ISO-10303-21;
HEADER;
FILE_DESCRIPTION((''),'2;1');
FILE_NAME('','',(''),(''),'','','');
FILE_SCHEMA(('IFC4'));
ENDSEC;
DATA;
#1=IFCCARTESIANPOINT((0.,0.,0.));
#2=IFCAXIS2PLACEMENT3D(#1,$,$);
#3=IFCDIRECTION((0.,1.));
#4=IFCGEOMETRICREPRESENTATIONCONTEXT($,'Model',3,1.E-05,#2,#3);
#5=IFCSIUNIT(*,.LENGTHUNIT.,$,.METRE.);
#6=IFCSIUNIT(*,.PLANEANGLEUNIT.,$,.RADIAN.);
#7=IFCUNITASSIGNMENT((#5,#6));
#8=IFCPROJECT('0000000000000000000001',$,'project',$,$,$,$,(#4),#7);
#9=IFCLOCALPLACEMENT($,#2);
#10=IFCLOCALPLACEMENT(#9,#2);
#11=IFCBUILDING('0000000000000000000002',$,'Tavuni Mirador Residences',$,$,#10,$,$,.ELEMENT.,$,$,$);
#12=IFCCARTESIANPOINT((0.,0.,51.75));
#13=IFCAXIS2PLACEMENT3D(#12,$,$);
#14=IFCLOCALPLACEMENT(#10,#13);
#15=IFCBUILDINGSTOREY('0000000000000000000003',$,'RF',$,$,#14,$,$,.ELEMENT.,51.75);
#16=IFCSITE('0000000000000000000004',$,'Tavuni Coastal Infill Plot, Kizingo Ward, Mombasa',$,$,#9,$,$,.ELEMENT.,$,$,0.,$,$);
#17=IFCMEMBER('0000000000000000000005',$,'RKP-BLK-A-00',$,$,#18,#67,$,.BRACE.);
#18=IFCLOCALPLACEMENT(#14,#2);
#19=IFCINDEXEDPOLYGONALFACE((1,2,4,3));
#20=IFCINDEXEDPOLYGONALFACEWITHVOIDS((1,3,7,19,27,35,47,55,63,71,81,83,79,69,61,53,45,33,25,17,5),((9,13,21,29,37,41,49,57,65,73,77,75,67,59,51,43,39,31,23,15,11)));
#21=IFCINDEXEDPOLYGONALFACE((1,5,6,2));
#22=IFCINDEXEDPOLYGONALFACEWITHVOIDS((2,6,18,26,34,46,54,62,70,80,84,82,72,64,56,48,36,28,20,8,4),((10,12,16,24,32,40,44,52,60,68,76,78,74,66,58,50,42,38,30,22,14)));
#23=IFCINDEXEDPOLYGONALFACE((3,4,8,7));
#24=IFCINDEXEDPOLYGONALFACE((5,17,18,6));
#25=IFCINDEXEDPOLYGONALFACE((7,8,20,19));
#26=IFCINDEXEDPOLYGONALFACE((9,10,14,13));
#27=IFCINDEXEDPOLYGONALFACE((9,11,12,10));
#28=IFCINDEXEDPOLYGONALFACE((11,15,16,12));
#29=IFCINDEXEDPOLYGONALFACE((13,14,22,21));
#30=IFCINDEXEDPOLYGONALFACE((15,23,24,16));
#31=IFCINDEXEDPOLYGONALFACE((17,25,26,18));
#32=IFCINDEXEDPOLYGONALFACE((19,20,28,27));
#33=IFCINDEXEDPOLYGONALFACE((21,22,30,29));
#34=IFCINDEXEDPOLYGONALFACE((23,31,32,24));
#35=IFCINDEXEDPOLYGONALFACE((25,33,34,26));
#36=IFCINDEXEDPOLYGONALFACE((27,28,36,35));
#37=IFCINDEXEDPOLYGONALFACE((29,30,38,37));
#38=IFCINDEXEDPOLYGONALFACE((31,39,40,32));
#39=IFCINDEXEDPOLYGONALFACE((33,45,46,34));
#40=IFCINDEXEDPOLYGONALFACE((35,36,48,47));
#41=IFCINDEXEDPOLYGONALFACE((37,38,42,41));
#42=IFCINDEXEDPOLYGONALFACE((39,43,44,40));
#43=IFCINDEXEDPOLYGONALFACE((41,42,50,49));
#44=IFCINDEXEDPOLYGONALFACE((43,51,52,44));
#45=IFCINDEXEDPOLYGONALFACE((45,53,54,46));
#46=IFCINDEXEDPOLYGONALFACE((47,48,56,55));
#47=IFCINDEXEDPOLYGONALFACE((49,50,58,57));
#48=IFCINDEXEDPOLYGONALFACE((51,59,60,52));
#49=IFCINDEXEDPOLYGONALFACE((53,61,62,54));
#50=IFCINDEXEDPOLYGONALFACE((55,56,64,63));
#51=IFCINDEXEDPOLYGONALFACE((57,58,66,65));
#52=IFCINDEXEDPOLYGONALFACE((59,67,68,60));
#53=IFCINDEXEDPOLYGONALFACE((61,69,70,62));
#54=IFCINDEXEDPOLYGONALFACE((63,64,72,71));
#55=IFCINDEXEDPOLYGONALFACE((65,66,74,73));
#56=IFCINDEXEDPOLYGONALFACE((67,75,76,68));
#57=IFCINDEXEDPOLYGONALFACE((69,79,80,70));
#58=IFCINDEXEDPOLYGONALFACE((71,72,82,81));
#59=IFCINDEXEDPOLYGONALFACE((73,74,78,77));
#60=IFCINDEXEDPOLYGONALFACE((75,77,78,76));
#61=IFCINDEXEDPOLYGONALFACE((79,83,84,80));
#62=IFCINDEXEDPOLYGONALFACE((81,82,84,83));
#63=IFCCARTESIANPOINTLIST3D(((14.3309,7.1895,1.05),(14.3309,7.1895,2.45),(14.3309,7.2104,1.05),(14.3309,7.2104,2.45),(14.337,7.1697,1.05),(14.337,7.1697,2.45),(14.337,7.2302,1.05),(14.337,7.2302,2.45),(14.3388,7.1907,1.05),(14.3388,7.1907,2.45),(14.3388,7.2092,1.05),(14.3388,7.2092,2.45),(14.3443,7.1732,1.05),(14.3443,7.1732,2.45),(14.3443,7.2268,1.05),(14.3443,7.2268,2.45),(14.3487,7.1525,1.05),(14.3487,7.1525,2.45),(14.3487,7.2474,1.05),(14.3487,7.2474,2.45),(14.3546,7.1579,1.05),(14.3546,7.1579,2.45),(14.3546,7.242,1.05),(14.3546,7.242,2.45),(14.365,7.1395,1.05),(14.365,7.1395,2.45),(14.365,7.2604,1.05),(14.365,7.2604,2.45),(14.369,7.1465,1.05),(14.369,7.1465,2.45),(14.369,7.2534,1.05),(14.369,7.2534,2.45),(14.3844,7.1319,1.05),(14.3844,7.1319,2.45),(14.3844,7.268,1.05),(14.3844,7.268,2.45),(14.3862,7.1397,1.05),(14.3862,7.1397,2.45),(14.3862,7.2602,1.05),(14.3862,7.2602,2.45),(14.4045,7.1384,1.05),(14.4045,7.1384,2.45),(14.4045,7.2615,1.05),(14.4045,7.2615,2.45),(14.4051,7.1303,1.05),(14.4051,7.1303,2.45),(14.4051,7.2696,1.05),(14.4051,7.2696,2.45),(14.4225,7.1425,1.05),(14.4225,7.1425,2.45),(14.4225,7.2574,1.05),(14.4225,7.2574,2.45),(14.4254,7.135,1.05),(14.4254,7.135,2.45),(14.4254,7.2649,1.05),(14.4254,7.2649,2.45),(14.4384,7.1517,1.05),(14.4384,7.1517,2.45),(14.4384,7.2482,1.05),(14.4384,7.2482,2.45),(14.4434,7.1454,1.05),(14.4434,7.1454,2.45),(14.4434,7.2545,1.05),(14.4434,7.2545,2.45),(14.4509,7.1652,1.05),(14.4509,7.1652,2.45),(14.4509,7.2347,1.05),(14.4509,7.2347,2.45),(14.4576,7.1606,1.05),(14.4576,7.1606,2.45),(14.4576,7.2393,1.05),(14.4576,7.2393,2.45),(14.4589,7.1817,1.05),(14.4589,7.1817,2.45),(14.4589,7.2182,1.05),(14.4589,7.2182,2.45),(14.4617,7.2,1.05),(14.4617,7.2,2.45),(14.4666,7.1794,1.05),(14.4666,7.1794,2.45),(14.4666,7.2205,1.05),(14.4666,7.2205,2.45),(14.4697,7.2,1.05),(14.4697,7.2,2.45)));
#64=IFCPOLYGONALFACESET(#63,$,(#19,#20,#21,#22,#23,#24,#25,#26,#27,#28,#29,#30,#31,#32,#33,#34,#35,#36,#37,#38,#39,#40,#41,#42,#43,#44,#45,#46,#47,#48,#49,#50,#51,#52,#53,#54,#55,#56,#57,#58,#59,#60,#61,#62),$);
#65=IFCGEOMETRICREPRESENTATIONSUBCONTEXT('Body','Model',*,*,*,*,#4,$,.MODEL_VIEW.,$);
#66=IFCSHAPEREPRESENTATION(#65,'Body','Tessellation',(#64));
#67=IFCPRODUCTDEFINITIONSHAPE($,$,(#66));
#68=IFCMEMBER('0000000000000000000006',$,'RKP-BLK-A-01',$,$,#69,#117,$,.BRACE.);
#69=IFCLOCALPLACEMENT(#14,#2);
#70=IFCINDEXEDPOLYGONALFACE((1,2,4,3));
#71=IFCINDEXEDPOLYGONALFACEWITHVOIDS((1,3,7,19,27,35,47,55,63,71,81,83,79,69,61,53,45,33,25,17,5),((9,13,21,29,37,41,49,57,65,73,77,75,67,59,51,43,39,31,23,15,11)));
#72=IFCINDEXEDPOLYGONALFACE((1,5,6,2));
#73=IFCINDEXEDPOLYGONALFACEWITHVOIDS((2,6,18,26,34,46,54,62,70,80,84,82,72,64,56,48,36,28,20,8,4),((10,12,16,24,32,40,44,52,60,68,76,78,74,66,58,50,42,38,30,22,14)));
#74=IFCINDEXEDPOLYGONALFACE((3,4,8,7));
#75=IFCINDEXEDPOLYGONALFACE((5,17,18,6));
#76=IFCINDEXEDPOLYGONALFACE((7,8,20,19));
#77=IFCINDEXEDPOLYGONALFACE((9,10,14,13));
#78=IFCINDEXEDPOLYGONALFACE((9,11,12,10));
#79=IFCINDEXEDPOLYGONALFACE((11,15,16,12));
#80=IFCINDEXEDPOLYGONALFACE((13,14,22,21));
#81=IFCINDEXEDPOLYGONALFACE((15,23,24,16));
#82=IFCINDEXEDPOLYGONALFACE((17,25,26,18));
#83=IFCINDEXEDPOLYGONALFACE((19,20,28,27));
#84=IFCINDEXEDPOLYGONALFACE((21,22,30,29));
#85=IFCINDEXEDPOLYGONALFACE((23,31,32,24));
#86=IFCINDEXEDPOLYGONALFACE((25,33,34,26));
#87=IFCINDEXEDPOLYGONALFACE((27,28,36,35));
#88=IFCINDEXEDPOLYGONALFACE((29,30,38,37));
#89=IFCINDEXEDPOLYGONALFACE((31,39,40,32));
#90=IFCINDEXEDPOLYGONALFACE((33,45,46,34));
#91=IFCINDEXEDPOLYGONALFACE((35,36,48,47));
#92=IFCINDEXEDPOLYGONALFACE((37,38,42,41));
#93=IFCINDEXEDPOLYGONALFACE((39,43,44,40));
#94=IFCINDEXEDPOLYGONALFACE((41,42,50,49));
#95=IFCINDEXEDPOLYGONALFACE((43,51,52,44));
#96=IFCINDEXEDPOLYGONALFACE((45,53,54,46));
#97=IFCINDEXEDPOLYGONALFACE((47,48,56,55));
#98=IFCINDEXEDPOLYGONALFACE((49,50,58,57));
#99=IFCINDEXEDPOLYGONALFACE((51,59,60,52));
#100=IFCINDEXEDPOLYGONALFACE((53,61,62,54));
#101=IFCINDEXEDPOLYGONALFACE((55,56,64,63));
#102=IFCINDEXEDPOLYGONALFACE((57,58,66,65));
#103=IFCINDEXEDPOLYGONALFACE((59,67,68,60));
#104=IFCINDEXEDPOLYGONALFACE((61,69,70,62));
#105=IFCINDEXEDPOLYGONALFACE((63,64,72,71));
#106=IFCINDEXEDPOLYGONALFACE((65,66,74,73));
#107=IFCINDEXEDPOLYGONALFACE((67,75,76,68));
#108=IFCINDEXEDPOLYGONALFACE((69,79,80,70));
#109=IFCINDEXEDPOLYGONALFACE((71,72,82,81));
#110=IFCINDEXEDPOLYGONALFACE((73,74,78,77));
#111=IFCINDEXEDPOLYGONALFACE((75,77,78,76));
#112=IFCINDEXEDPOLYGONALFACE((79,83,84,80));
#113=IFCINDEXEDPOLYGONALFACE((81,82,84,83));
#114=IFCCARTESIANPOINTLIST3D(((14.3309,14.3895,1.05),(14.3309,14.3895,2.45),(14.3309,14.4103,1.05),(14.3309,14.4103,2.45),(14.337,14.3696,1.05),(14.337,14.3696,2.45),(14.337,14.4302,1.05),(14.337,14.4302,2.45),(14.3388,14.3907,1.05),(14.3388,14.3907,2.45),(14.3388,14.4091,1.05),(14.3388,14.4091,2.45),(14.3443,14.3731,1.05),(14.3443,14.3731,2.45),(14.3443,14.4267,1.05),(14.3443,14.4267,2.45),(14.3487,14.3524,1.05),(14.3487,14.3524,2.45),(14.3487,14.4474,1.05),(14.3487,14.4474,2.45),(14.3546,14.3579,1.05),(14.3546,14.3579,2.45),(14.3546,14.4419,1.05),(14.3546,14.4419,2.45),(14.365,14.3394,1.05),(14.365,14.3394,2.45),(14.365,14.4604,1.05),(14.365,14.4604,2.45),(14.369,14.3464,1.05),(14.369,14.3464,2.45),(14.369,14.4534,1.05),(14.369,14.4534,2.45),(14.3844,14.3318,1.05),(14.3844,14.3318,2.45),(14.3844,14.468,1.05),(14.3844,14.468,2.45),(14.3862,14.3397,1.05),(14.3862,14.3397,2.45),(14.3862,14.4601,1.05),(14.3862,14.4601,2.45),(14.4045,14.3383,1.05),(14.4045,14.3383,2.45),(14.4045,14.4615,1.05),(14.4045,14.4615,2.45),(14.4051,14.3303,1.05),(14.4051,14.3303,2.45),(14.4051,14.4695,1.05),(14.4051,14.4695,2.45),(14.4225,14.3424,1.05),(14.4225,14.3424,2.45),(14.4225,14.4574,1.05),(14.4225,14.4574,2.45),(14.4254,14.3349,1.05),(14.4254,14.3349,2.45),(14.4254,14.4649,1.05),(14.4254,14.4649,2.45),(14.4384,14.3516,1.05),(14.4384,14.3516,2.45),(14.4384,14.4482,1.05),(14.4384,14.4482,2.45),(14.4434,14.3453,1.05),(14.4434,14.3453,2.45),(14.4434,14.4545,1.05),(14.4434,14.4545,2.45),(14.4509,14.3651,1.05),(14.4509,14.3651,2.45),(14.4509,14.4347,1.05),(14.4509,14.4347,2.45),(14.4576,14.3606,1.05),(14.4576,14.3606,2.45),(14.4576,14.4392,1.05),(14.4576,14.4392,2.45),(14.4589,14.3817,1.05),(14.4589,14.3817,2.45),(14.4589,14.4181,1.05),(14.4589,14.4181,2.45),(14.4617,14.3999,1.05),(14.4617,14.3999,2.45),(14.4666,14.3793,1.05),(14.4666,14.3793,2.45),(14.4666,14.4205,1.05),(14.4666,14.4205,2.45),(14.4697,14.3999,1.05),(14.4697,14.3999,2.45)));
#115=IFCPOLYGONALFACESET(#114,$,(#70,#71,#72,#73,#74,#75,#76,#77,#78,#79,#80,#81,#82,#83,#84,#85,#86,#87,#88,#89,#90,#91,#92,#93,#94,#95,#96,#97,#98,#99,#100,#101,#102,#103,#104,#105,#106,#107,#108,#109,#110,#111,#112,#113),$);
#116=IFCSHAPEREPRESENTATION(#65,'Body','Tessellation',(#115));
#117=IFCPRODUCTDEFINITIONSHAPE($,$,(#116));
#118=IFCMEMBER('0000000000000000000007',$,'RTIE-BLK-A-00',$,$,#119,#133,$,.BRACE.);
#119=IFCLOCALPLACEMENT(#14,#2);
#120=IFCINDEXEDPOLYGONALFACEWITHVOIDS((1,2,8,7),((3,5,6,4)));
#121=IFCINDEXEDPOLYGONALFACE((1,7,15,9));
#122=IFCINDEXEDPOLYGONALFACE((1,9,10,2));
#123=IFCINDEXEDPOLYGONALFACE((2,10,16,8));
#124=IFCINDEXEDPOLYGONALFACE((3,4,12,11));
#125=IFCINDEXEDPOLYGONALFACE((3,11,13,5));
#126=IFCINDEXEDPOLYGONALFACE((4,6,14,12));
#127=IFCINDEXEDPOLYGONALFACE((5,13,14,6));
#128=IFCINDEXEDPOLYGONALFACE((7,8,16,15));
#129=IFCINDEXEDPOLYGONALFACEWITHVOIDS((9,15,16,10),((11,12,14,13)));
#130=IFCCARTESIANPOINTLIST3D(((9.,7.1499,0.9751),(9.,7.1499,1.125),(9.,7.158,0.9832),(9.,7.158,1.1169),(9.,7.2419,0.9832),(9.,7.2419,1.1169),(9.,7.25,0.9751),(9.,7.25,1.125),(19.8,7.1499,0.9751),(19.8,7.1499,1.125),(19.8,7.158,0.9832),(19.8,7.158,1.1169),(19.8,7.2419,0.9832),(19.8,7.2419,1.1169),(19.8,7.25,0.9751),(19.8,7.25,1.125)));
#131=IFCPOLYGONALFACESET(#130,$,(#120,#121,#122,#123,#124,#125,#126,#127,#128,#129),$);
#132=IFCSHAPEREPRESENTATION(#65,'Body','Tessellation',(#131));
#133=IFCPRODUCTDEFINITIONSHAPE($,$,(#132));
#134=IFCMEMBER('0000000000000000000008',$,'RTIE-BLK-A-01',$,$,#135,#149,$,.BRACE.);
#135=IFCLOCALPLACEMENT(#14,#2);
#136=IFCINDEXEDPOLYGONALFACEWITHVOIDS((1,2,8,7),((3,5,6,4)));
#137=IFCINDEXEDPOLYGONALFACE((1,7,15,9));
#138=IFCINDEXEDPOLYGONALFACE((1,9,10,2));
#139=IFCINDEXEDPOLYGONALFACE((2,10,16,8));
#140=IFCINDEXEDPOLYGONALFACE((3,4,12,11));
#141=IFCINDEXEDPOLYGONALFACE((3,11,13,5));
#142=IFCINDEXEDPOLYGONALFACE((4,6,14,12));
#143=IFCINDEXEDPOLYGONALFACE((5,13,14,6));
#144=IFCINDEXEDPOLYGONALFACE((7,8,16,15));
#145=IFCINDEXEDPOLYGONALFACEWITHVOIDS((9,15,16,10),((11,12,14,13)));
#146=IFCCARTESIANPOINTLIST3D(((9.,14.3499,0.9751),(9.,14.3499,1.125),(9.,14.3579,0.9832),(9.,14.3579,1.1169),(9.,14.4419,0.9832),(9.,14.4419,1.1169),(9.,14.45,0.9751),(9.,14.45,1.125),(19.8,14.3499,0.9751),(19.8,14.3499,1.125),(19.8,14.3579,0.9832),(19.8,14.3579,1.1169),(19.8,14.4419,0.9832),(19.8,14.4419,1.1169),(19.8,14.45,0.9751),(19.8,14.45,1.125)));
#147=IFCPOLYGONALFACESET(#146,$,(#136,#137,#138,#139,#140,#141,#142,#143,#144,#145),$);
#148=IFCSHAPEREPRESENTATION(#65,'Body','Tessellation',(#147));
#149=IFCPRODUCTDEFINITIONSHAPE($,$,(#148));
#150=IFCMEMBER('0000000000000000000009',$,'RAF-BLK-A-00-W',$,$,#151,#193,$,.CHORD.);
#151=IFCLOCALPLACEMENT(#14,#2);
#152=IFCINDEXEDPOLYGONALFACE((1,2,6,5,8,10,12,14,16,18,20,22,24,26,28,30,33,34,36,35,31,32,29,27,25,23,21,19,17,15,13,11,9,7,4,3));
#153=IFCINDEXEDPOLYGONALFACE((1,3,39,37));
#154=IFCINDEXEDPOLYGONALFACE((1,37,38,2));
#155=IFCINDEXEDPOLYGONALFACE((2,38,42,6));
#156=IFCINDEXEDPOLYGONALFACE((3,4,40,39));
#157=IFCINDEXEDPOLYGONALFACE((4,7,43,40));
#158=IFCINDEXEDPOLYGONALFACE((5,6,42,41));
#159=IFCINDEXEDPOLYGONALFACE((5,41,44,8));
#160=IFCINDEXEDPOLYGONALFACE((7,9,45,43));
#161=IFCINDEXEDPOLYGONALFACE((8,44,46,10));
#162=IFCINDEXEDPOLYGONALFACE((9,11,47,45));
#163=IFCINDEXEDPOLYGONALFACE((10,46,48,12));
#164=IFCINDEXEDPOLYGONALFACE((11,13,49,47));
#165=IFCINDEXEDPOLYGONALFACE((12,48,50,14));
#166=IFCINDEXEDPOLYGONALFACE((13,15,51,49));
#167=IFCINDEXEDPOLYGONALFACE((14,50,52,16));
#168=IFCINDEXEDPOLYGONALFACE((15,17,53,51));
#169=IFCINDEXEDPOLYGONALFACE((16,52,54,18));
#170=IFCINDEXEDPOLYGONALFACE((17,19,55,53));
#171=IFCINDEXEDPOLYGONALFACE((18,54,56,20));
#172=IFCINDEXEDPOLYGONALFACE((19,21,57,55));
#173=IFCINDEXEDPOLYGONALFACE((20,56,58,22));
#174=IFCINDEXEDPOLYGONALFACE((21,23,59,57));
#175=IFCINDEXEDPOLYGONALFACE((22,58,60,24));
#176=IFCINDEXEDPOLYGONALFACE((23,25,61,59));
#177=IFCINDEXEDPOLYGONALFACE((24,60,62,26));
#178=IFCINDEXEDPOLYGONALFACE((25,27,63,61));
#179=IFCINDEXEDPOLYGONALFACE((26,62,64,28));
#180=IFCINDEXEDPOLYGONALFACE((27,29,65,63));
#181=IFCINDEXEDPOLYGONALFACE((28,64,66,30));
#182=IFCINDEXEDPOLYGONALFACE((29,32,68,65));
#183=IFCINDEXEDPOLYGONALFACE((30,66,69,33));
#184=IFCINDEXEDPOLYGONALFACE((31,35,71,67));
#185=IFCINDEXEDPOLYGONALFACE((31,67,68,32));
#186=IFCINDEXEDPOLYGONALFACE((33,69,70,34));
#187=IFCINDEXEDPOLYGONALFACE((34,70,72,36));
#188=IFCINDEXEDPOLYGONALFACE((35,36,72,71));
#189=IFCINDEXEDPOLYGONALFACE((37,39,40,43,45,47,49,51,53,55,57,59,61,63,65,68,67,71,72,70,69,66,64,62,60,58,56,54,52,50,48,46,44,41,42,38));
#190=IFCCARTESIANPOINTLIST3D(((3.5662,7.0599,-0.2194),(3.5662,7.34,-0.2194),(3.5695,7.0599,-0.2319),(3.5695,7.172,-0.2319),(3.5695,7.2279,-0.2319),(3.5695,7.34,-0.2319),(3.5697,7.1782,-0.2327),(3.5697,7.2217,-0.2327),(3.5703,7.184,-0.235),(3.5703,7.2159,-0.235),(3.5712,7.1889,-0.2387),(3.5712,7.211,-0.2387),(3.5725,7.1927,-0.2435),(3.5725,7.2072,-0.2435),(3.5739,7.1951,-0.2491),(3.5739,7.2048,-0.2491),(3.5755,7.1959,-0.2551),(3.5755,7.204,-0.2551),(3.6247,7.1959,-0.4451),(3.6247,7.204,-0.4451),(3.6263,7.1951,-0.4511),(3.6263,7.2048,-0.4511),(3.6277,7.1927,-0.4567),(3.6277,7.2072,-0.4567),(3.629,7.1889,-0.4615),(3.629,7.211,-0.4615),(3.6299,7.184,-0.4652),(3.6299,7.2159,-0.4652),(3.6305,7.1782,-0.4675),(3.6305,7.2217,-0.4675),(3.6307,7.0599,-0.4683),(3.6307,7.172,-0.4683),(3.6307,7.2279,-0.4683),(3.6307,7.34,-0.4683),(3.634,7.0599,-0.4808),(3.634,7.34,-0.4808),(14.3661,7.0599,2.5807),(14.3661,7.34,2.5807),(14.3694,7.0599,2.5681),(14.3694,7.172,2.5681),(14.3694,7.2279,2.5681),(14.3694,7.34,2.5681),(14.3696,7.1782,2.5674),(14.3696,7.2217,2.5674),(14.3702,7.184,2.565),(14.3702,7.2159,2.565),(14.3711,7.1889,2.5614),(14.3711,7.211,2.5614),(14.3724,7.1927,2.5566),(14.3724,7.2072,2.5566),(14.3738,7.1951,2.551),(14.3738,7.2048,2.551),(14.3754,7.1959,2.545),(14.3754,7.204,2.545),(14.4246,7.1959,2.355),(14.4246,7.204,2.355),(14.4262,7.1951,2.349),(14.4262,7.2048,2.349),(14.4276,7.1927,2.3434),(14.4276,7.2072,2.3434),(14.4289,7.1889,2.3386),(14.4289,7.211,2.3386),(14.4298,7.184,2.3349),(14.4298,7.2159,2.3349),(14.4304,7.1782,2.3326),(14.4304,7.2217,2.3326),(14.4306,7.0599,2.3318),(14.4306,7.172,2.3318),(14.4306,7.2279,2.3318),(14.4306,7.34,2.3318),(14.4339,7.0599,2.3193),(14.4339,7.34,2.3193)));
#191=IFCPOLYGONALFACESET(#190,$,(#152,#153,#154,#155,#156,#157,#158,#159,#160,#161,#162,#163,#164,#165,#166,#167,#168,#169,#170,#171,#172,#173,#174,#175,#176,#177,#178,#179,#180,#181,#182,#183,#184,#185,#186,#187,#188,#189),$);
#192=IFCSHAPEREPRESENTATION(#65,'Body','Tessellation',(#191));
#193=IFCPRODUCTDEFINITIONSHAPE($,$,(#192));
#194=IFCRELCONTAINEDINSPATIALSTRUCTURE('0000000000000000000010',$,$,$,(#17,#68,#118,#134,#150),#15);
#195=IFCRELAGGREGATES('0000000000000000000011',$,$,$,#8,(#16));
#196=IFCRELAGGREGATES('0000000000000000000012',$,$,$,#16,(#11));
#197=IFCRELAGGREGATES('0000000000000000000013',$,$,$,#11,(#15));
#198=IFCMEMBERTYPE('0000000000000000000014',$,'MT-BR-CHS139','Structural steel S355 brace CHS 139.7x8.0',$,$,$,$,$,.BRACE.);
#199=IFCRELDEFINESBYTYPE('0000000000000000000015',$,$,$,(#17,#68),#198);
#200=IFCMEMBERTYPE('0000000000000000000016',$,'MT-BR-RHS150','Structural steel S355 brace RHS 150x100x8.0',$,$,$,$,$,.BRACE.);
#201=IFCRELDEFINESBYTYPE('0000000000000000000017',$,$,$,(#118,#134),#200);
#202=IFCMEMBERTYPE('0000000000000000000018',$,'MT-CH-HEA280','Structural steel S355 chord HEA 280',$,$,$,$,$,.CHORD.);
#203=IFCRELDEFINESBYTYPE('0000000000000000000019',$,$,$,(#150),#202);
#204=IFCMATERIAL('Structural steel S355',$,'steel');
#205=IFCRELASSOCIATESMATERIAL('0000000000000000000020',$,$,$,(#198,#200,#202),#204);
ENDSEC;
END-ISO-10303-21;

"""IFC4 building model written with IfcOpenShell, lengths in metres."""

from ifc_helpers import new_model, si_unit, direction, frame, origin, origin_2d, place, context, subcontext, project, spatial, hollow_rectangle, hollow_circle, i_section, extrude, material, material_profile, profile_set, type_object, element, save


model = new_model("IFC4")

# Units and contexts
model_context = context("Model", 3, precision=1e-05, world=origin(), true_north=direction((0.0, 1.0)))
body_context = subcontext(model_context, "Body", "Model", "MODEL_VIEW")
ifc_project = project(units=[si_unit("LENGTHUNIT", "METRE"), si_unit("PLANEANGLEUNIT", "RADIAN")], contexts=[model_context])

# Site, building, storey
site_placement = place(None, origin())
site = spatial("IfcSite", under=ifc_project, at=site_placement, Name="Tavuni Coastal Infill Plot, Kizingo Ward, Mombasa", CompositionType="ELEMENT", RefElevation=0.0)
building_placement = place(site_placement, origin())
building = spatial("IfcBuilding", under=site, at=building_placement, Name="Tavuni Mirador Residences", CompositionType="ELEMENT")
storey_placement = place(building_placement, frame((0.0, 0.0, 51.75)))
storey = spatial("IfcBuildingStorey", under=building, at=storey_placement, Name="RF", CompositionType="ELEMENT", Elevation=51.75)

# Members
ifc_material_1 = material(Name="Structural steel S355", Category="steel")
ifc_material_profile_1 = material_profile(ifc_material_1, hollow_circle(Radius=0.0698, WallThickness=0.0081, at=origin_2d()), Name="CHS 139.7x8.0", Category="steel")
ifc_profile_set_1 = profile_set([ifc_material_profile_1], Name="Structural steel S355")
member_type_1 = type_object("IfcMemberType", Name="MT-BR-CHS139", Description="Structural steel S355 brace CHS 139.7x8.0", PredefinedType="BRACE", material=ifc_profile_set_1)
for number, where, z_axis, x_axis, name in (
    (1, (14.3999, 7.2, 1.05), (0.0, 0.0, 1.0), (1.0, 0.0, 0.0), "RKP-BLK-A-00"),
    (2, (14.3999, 14.3999, 1.05), (0.0, 0.0, 1.0), (1.0, 0.0, 0.0), "RKP-BLK-A-01"),
):
    element("IfcMember", number, at=place(storey_placement, frame(where, z_axis=z_axis, x_axis=x_axis)), inside=storey, type_object=member_type_1, Name=name, PredefinedType="BRACE", context=body_context, shape_type="SweptSolid", body=[
        extrude(hollow_circle(Radius=0.0698, WallThickness=0.0081, at=origin_2d()), origin(), (0.0, 0.0, 1.0), 1.3999),
    ])
ifc_material_profile_2 = material_profile(ifc_material_1, hollow_rectangle(XDim=0.1001, YDim=0.1499, WallThickness=0.0081, at=origin_2d()), Name="RHS 150x100x8.0", Category="steel")
ifc_profile_set_2 = profile_set([ifc_material_profile_2], Name="Structural steel S355")
member_type_2 = type_object("IfcMemberType", Name="MT-BR-RHS150", Description="Structural steel S355 brace RHS 150x100x8.0", PredefinedType="BRACE", material=ifc_profile_set_2)
for number, where, z_axis, x_axis, name in (
    (3, (9.0, 7.2, 1.05), (1.0, 0.0, 0.0), (0.0, 1.0, 0.0), "RTIE-BLK-A-00"),
    (4, (9.0, 14.3999, 1.05), (1.0, 0.0, 0.0), (0.0, 1.0, 0.0), "RTIE-BLK-A-01"),
):
    element("IfcMember", number, at=place(storey_placement, frame(where, z_axis=z_axis, x_axis=x_axis)), inside=storey, type_object=member_type_2, Name=name, PredefinedType="BRACE", context=body_context, shape_type="SweptSolid", body=[
        extrude(hollow_rectangle(XDim=0.1001, YDim=0.1499, WallThickness=0.0081, at=origin_2d()), origin(), (0.0, 0.0, 1.0), 10.8),
    ])
ifc_material_profile_3 = material_profile(ifc_material_1, i_section(OverallWidth=0.28, OverallDepth=0.27, WebThickness=0.0081, FlangeThickness=0.0129, FilletRadius=0.0239, at=origin_2d()), Name="HEA 280", Category="steel")
ifc_profile_set_3 = profile_set([ifc_material_profile_3], Name="Structural steel S355")
member_type_3 = type_object("IfcMemberType", Name="MT-CH-HEA280", Description="Structural steel S355 chord HEA 280", PredefinedType="CHORD", material=ifc_profile_set_3)
member_1_placement = place(storey_placement, frame((3.6001, 7.2, -0.3501), z_axis=(0.967995, 0.0, 0.250971), x_axis=(0.0, 1.0, 0.0)))
element("IfcMember", 5, at=member_1_placement, inside=storey, type_object=member_type_3, Name="RAF-BLK-A-00-W", PredefinedType="CHORD", context=body_context, shape_type="SweptSolid", body=[
    extrude(i_section(OverallWidth=0.28, OverallDepth=0.27, WebThickness=0.0081, FlangeThickness=0.0129, FilletRadius=0.0239, at=origin_2d()), origin(), (0.0, 0.0, 1.0), 11.157),
])

save(model, "model.ifc")
